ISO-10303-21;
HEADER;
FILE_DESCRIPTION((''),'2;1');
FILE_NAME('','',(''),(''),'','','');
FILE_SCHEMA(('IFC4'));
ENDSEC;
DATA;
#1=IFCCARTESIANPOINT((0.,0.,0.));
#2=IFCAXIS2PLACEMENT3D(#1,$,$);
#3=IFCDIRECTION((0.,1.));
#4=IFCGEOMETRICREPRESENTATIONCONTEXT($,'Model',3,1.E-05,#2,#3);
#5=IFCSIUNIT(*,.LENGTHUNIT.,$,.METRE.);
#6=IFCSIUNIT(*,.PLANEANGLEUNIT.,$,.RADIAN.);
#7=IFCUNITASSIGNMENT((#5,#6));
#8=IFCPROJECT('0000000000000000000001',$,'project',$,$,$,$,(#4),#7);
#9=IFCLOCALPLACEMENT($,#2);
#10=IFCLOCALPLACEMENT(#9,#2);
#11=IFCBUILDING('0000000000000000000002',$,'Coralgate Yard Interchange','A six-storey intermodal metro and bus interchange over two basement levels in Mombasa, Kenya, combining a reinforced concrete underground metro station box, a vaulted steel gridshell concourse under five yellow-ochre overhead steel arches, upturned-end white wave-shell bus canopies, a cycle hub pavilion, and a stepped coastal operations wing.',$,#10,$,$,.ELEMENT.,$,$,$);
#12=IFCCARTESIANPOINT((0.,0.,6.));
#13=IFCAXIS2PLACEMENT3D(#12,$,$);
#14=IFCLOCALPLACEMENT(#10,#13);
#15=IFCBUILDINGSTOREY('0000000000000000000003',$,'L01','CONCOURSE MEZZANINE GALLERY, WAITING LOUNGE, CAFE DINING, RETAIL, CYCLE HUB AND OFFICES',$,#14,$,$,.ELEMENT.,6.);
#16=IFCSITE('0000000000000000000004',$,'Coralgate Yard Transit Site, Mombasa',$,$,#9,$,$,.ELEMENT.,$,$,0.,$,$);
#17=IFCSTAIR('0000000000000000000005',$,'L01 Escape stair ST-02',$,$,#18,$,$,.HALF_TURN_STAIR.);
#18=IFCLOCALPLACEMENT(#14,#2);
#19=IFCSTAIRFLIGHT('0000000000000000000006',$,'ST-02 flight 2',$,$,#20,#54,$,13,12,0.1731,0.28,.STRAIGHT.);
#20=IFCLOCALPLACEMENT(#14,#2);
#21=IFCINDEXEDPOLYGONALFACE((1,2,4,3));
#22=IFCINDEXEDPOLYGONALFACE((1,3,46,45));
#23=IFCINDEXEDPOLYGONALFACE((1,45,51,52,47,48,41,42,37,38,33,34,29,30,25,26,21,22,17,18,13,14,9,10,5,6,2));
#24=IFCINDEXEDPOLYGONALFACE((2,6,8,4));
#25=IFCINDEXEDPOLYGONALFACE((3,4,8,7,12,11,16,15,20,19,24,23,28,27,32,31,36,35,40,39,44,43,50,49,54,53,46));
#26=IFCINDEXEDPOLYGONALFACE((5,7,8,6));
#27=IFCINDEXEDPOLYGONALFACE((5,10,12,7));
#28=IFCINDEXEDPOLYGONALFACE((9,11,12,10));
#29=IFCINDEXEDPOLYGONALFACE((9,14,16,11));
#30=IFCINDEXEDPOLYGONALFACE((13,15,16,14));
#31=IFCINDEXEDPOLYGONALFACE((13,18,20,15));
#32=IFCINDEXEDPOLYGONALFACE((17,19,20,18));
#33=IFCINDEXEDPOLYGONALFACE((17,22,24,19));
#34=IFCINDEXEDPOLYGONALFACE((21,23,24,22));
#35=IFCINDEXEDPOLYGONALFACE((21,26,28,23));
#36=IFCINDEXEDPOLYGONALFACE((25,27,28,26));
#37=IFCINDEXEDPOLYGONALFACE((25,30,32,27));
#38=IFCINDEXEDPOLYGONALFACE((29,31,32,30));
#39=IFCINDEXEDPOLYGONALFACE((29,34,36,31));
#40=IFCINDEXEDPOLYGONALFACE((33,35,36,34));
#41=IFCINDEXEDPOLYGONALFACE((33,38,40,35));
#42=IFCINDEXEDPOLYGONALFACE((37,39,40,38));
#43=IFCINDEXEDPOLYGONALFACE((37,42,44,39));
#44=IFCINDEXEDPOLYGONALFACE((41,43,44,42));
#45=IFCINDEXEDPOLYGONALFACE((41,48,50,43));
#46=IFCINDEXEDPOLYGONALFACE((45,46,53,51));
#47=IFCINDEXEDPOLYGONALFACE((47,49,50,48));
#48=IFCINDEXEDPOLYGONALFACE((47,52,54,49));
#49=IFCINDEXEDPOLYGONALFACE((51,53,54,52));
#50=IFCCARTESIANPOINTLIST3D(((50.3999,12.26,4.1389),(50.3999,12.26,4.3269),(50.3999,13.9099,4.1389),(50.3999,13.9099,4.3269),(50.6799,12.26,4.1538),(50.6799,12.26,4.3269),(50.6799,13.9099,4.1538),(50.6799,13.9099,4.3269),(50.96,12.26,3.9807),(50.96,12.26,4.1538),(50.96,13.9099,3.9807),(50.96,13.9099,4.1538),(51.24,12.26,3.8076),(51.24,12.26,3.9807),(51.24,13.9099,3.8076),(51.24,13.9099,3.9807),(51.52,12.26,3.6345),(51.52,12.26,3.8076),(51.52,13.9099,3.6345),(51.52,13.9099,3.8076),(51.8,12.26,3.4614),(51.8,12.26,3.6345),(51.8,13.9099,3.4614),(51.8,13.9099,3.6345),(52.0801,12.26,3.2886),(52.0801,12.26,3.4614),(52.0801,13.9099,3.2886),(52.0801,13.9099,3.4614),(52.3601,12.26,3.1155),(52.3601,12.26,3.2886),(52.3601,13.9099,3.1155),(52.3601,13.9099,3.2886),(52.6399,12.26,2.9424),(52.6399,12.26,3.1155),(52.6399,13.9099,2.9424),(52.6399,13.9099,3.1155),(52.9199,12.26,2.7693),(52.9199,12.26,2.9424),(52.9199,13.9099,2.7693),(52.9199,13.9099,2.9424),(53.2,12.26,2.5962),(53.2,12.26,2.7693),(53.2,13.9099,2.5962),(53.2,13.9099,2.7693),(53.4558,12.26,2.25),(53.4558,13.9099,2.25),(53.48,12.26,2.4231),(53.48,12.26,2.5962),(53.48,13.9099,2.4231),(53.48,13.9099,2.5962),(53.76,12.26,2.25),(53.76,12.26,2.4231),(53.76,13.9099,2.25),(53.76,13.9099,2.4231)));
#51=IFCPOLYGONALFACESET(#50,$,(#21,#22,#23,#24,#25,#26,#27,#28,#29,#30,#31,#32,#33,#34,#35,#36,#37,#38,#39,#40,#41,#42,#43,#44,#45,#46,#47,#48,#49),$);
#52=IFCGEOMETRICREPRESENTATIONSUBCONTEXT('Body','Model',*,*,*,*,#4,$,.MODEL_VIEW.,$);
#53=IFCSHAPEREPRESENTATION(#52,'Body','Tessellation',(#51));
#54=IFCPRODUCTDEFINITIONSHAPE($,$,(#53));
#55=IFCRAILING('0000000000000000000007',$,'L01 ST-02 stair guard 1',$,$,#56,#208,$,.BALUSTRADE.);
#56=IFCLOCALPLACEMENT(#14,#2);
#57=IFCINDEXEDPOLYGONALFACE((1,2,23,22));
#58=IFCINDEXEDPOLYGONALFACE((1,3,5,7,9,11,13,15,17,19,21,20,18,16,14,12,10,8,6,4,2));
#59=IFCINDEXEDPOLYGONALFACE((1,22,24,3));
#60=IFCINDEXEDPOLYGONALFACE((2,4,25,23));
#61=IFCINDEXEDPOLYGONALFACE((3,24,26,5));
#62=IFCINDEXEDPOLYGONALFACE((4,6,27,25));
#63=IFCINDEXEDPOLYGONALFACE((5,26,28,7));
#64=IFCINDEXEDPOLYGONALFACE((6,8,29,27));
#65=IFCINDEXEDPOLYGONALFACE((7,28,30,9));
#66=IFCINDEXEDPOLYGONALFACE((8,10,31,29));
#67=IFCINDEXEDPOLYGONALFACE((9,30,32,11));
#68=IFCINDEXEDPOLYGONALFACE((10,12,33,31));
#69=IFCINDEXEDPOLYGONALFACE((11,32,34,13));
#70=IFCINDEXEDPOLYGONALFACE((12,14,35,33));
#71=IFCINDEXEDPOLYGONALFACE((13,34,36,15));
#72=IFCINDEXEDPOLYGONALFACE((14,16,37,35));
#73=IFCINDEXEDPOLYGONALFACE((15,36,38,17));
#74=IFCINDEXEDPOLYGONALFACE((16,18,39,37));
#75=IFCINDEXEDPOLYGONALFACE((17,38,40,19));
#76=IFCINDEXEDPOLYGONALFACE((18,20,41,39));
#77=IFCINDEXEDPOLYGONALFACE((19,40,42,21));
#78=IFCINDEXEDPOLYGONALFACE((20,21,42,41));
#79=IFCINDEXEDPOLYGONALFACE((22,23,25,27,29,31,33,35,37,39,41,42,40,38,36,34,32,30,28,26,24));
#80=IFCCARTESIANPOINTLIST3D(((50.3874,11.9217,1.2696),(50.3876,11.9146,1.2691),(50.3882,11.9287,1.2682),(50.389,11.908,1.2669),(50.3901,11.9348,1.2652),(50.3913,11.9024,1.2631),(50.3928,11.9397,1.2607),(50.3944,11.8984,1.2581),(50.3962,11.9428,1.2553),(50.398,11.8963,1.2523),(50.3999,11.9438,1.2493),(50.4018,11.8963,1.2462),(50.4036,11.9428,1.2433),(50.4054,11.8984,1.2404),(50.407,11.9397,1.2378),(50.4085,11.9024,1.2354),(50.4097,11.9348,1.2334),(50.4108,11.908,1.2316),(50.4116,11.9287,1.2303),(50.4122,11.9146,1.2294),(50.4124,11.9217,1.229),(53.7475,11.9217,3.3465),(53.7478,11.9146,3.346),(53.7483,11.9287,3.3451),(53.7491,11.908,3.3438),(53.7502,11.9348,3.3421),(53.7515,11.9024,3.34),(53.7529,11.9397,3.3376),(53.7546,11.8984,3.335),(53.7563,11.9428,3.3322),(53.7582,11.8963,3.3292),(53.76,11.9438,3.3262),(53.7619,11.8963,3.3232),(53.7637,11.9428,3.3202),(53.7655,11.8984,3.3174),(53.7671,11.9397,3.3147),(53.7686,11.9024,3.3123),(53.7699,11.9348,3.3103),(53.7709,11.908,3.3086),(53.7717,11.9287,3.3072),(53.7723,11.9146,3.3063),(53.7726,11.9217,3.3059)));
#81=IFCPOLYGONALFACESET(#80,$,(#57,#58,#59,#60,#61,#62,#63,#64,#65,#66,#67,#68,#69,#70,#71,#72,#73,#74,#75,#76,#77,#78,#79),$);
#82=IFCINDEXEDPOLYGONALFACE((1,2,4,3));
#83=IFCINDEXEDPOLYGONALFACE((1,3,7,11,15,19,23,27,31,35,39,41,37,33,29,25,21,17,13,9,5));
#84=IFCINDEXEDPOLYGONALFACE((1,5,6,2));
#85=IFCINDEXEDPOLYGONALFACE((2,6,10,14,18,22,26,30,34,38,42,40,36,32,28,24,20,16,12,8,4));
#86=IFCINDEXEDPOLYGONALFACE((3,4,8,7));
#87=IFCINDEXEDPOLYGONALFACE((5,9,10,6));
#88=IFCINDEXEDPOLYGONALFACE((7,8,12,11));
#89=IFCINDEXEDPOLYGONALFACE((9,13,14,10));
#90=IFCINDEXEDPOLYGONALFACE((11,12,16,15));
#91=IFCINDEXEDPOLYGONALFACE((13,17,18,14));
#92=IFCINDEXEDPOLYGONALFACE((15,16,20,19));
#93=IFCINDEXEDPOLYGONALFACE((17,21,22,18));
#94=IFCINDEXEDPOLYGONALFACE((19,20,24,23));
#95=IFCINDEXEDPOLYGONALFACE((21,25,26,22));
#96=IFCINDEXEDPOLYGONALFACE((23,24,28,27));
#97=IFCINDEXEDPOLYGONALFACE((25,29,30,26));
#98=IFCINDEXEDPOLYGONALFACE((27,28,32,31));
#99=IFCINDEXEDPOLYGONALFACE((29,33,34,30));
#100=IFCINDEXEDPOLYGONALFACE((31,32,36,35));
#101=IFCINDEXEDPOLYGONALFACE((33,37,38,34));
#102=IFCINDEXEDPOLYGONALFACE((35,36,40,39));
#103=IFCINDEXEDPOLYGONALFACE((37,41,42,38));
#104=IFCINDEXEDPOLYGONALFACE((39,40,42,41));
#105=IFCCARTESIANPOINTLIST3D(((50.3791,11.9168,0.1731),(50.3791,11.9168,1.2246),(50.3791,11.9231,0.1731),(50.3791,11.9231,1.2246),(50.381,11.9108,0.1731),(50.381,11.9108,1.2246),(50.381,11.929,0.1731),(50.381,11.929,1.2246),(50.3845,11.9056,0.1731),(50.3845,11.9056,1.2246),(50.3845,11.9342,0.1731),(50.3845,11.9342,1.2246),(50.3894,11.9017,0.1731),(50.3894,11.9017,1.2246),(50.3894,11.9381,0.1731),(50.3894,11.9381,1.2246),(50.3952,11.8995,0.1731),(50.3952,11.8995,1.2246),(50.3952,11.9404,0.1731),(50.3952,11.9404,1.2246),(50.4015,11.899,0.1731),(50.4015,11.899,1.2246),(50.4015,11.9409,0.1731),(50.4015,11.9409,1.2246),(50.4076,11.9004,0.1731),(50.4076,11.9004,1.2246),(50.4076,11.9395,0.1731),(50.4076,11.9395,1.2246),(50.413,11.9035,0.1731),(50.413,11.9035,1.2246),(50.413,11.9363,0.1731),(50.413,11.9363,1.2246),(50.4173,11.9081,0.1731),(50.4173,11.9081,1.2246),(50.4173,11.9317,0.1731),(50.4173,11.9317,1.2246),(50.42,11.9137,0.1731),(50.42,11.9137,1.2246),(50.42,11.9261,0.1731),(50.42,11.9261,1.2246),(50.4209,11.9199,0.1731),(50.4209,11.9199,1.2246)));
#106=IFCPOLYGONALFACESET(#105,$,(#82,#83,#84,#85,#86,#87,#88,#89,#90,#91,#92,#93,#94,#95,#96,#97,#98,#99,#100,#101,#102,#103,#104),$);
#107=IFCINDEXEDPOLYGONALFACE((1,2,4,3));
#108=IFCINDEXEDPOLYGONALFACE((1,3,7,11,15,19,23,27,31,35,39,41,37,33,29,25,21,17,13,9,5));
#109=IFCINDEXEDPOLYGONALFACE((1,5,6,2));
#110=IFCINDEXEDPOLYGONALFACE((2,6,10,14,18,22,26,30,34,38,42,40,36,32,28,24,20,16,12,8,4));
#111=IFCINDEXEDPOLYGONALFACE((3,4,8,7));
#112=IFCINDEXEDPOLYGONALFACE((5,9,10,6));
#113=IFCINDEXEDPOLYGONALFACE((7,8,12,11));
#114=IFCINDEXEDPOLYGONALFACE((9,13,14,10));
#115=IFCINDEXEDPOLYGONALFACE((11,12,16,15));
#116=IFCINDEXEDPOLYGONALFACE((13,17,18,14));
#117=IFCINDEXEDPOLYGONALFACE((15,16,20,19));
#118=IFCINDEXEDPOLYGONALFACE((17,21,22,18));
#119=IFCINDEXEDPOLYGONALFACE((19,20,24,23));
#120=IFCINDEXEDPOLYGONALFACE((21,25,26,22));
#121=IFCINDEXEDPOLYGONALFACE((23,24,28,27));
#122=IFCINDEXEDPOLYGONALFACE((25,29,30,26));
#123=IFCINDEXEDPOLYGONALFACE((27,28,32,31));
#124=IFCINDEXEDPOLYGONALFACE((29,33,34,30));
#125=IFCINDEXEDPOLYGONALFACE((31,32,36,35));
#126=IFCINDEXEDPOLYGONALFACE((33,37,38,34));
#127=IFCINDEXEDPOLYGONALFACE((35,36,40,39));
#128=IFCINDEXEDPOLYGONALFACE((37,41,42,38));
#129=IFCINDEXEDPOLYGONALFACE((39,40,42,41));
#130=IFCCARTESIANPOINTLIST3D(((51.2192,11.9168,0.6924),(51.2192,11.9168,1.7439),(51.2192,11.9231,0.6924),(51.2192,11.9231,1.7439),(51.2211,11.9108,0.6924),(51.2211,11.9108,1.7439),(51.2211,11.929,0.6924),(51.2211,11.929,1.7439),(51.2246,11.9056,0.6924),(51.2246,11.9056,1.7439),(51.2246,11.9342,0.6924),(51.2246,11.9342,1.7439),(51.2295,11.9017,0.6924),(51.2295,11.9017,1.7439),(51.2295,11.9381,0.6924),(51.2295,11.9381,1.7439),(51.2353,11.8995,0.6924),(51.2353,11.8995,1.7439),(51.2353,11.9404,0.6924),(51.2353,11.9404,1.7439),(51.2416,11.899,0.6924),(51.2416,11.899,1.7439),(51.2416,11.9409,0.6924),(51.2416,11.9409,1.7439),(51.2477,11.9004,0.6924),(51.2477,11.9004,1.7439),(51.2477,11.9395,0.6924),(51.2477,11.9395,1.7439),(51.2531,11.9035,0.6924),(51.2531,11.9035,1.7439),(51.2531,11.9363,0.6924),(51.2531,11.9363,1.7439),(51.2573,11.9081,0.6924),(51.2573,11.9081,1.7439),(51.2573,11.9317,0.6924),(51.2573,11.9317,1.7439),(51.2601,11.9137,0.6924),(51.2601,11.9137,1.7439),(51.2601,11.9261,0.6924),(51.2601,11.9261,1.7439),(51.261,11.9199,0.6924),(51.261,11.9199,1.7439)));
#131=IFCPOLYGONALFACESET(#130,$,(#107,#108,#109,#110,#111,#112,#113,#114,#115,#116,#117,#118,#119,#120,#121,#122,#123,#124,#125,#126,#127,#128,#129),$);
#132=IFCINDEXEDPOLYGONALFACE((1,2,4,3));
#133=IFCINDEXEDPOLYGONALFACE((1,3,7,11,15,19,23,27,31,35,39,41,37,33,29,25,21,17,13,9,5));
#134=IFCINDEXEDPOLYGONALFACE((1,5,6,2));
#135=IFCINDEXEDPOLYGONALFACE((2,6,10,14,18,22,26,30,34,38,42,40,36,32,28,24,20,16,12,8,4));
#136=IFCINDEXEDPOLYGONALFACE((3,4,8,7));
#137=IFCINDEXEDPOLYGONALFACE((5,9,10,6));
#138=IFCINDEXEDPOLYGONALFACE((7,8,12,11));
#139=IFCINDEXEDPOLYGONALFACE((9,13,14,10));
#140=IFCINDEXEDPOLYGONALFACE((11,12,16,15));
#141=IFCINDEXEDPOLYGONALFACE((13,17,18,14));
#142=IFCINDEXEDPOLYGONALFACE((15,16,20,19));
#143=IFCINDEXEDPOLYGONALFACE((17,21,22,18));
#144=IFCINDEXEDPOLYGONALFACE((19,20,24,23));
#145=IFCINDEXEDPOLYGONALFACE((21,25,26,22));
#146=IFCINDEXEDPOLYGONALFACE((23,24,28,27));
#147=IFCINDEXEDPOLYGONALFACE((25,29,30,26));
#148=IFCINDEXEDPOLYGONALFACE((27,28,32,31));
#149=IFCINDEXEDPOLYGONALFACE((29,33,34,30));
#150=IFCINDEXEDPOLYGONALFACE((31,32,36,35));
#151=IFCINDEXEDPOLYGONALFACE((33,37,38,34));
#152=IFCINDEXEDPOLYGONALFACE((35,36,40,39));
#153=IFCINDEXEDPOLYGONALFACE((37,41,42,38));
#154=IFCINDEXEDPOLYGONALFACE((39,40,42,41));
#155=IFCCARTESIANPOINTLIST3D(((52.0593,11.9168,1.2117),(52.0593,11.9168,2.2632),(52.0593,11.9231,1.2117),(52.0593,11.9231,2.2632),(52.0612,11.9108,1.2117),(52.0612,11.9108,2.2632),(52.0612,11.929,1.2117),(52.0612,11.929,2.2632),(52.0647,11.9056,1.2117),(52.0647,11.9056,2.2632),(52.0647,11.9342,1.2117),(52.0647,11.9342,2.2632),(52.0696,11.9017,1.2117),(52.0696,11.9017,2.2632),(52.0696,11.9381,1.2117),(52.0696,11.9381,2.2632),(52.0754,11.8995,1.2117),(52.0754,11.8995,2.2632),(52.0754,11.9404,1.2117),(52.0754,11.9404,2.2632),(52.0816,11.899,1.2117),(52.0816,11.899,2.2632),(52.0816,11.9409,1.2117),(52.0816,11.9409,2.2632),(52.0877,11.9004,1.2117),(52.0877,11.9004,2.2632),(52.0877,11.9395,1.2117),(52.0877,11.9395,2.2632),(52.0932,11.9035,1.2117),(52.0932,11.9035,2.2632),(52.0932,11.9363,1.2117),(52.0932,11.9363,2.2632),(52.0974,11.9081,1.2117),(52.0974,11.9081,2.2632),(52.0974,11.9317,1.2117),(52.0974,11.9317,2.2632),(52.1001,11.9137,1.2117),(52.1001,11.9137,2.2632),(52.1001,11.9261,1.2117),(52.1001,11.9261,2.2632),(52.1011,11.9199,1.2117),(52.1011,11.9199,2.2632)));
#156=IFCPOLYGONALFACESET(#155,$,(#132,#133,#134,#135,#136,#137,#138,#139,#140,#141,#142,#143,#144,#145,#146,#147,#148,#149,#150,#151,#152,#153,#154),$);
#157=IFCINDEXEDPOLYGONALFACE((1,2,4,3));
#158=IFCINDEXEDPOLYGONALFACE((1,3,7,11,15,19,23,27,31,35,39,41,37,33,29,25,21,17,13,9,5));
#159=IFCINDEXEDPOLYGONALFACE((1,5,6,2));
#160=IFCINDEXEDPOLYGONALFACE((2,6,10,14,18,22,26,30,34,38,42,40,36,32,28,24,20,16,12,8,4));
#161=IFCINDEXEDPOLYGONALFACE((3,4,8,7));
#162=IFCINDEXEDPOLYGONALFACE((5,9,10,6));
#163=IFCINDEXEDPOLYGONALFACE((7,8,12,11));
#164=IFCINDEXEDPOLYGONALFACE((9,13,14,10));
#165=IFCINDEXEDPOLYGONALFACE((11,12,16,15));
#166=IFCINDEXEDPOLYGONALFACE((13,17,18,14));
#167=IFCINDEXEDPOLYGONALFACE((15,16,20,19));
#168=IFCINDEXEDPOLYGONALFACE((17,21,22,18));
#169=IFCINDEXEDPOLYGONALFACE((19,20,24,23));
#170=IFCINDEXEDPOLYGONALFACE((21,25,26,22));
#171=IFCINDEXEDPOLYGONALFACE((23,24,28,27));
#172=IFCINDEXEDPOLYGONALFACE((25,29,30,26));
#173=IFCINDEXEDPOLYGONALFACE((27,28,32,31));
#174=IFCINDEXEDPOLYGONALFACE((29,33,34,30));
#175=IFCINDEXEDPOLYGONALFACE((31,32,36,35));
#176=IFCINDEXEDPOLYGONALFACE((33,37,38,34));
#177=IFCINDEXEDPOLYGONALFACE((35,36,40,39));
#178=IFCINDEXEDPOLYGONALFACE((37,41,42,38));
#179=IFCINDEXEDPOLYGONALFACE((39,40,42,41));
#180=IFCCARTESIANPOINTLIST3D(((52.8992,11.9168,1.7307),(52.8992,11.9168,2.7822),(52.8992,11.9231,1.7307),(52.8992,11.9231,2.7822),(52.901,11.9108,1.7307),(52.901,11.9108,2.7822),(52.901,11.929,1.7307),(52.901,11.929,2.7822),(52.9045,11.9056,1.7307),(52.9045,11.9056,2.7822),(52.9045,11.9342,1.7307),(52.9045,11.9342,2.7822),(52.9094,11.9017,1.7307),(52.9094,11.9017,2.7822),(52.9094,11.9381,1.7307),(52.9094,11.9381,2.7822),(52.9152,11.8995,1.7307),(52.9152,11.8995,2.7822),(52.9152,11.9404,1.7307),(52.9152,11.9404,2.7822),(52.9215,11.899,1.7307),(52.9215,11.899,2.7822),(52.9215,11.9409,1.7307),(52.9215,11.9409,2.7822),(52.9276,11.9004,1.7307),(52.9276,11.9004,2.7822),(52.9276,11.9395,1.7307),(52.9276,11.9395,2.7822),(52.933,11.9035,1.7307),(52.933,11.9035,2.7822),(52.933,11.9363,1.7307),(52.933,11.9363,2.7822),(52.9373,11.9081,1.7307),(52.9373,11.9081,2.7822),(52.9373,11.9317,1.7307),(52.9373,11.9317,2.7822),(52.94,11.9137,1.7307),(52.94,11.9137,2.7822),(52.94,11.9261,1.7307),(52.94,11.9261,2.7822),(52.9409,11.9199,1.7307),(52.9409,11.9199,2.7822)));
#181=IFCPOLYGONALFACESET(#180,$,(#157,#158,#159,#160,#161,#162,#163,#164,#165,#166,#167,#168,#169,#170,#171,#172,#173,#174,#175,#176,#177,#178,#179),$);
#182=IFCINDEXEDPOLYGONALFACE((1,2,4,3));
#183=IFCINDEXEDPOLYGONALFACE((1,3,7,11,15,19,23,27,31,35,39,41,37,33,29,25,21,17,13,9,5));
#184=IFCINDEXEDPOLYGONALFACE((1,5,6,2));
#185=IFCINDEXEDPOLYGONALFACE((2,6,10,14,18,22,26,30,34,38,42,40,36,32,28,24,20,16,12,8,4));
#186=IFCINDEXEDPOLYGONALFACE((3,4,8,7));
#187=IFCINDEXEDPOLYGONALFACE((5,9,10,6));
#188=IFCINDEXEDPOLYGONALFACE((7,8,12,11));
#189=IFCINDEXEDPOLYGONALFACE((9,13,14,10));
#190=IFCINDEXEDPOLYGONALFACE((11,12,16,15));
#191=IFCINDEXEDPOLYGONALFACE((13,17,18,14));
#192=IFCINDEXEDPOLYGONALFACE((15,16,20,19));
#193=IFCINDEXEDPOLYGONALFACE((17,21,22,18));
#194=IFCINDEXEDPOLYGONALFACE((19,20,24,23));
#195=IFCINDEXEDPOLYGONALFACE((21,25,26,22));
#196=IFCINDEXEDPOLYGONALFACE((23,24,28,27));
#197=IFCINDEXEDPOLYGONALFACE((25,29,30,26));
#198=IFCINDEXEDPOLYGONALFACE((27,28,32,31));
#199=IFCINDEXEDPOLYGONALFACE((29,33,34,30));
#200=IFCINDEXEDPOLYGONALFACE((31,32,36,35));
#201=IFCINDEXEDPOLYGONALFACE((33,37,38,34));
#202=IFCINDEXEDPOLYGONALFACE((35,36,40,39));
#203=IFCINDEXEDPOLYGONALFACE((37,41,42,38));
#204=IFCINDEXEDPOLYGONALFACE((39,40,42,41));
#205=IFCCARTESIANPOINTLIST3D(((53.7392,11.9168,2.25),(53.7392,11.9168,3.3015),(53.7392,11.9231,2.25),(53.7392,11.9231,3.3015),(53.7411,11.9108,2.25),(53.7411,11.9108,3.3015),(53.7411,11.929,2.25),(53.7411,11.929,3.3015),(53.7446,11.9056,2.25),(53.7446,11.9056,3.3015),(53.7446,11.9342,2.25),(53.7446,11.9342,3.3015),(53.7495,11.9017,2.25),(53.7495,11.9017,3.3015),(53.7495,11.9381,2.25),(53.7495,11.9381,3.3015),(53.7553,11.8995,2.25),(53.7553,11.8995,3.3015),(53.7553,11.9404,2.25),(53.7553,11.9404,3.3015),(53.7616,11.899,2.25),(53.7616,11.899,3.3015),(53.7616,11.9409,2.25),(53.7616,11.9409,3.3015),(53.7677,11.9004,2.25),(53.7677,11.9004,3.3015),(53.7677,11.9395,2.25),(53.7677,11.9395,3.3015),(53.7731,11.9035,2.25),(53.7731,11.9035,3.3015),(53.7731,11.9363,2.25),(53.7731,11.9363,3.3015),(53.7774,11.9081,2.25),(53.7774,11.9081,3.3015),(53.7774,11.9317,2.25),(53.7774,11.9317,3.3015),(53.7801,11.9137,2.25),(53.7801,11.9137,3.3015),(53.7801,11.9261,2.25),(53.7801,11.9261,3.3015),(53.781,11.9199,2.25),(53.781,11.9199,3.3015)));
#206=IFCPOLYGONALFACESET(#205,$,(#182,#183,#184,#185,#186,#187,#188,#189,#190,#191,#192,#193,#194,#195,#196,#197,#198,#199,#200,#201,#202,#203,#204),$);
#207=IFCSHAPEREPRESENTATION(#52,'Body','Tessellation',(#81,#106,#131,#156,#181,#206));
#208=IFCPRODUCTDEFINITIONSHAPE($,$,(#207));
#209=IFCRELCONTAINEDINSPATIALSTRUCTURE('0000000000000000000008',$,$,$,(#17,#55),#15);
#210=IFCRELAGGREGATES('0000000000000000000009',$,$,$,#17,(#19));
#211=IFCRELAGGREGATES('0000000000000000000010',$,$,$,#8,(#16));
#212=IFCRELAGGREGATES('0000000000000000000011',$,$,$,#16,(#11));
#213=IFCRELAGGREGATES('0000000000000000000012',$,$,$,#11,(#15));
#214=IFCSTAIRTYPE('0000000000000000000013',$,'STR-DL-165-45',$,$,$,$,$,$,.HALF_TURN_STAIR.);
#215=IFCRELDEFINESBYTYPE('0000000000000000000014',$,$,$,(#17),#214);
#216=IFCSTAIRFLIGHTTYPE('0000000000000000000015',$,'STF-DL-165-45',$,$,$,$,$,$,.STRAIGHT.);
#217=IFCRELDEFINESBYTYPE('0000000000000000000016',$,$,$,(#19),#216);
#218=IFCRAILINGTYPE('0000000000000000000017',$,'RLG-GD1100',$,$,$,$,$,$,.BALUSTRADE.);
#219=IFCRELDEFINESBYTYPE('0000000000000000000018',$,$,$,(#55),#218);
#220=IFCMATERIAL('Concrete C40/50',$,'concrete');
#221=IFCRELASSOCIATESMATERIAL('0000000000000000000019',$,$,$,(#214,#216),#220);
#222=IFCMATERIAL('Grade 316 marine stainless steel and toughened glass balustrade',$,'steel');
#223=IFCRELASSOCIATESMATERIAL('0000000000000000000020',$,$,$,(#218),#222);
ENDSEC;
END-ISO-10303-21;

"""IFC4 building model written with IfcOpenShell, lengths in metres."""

from ifc_helpers import new_model, si_unit, direction, frame, origin, origin_2d, place, context, subcontext, project, spatial, polyline, circle, outline, extrude, material, type_object, element, aggregate, save


model = new_model("IFC4")

# Units and contexts
model_context = context("Model", 3, precision=1e-05, world=origin(), true_north=direction((0.0, 1.0)))
body_context = subcontext(model_context, "Body", "Model", "MODEL_VIEW")
ifc_project = project(units=[si_unit("LENGTHUNIT", "METRE"), si_unit("PLANEANGLEUNIT", "RADIAN")], contexts=[model_context])

# Site, building, storey
site_placement = place(None, origin())
site = spatial("IfcSite", under=ifc_project, at=site_placement, Name="Coralgate Yard Transit Site, Mombasa", CompositionType="ELEMENT", RefElevation=0.0)
building_placement = place(site_placement, origin())
building = spatial("IfcBuilding", under=site, at=building_placement, Name="Coralgate Yard Interchange", Description="A six-storey intermodal metro and bus interchange over two basement levels in Mombasa, Kenya, combining a reinforced concrete underground metro station box, a vaulted steel gridshell concourse under five yellow-ochre overhead steel arches, upturned-end white wave-shell bus canopies, a cycle hub pavilion, and a stepped coastal operations wing.", CompositionType="ELEMENT")
storey_placement = place(building_placement, frame((0.0, 0.0, 6.0)))
storey = spatial("IfcBuildingStorey", under=building, at=storey_placement, Name="L01", Description="CONCOURSE MEZZANINE GALLERY, WAITING LOUNGE, CAFE DINING, RETAIL, CYCLE HUB AND OFFICES", CompositionType="ELEMENT", Elevation=6.0)

# Shared definitions
ifc_material_1 = material(Name="Concrete C40/50", Category="concrete")

# Stair, stair flight
stair_type = type_object("IfcStairType", Name="STR-DL-165-45", PredefinedType="HALF_TURN_STAIR", material=ifc_material_1)
stair_placement = place(storey_placement, origin())
stair = element("IfcStair", 1, at=stair_placement, inside=storey, type_object=stair_type, Name="L01 Escape stair ST-02", PredefinedType="HALF_TURN_STAIR")
stair_flight_type = type_object("IfcStairFlightType", Name="STF-DL-165-45", PredefinedType="STRAIGHT", material=ifc_material_1)
stair_flight_1_placement = place(storey_placement, frame((53.76, 13.085, 2.25), z_axis=(0.0, 0.0, 1.0), x_axis=(-1.0, 0.0, 0.0)))
stair_flight_1 = element("IfcStairFlight", 2, at=stair_flight_1_placement, type_object=stair_flight_type, Name="ST-02 flight 2", NumberOfRisers=13, NumberOfTreads=12, PredefinedType="STRAIGHT", RiserHeight=0.1731, TreadLength=0.28, context=body_context, shape_type="SweptSolid", body=[
    extrude(outline(polyline([(0.0, 0.0), (0.0, 0.1731), (0.28, 0.1731), (0.28, 0.3462), (0.5601, 0.3462), (0.5601, 0.5193), (0.8401, 0.5193), (0.8401, 0.6924), (1.1201, 0.6924), (1.1201, 0.8655), (1.3999, 0.8655), (1.3999, 1.0386), (1.6799, 1.0386), (1.6799, 1.2114), (1.96, 1.2114), (1.96, 1.3845), (2.24, 1.3845), (2.24, 1.5576), (2.52, 1.5576), (2.52, 1.7307), (2.8, 1.7307), (2.8, 1.9038), (3.0801, 1.9038), (3.0801, 2.0769), (3.3601, 2.0769), (3.3601, 2.25), (3.3601, 1.8889), (0.3042, 0.0), (0.0, 0.0)])), frame((0.0, 0.825, 0.0), z_axis=(0.0, -1.0, 0.0), x_axis=(1.0, 0.0, 0.0)), (0.0, 0.0, 1.0), 1.6499),
])
aggregate(stair, [stair_flight_1])

# Railing
ifc_material_2 = material(Name="Grade 316 marine stainless steel and toughened glass balustrade", Category="steel")
railing_type_1 = type_object("IfcRailingType", Name="RLG-GD1100", PredefinedType="BALUSTRADE", material=ifc_material_2)
railing_1_placement = place(storey_placement, frame((50.3999, 11.9199, 0.1731)))
element("IfcRailing", 3, at=railing_1_placement, inside=storey, type_object=railing_type_1, Name="L01 ST-02 stair guard 1", PredefinedType="BALUSTRADE", context=body_context, shape_type="SweptSolid", body=[
    extrude(circle(Radius=0.0239, at=origin_2d()), frame((0.0, 0.0, 1.0762), z_axis=(0.850623, 0.0, 0.525776), x_axis=(0.0, 1.0, 0.0)), (0.0, 0.0, 1.0), 3.9502),
    extrude(circle(Radius=0.021, at=origin_2d()), origin(), (0.0, 0.0, 1.0), 1.0515),
    extrude(circle(Radius=0.021, at=origin_2d()), frame((0.8401, 0.0, 0.5193)), (0.0, 0.0, 1.0), 1.0515),
    extrude(circle(Radius=0.021, at=origin_2d()), frame((1.6802, 0.0, 1.0386)), (0.0, 0.0, 1.0), 1.0515),
    extrude(circle(Radius=0.021, at=origin_2d()), frame((2.52, 0.0, 1.5576)), (0.0, 0.0, 1.0), 1.0515),
    extrude(circle(Radius=0.021, at=origin_2d()), frame((3.3601, 0.0, 2.0769)), (0.0, 0.0, 1.0), 1.0515),
])

save(model, "model.ifc")
